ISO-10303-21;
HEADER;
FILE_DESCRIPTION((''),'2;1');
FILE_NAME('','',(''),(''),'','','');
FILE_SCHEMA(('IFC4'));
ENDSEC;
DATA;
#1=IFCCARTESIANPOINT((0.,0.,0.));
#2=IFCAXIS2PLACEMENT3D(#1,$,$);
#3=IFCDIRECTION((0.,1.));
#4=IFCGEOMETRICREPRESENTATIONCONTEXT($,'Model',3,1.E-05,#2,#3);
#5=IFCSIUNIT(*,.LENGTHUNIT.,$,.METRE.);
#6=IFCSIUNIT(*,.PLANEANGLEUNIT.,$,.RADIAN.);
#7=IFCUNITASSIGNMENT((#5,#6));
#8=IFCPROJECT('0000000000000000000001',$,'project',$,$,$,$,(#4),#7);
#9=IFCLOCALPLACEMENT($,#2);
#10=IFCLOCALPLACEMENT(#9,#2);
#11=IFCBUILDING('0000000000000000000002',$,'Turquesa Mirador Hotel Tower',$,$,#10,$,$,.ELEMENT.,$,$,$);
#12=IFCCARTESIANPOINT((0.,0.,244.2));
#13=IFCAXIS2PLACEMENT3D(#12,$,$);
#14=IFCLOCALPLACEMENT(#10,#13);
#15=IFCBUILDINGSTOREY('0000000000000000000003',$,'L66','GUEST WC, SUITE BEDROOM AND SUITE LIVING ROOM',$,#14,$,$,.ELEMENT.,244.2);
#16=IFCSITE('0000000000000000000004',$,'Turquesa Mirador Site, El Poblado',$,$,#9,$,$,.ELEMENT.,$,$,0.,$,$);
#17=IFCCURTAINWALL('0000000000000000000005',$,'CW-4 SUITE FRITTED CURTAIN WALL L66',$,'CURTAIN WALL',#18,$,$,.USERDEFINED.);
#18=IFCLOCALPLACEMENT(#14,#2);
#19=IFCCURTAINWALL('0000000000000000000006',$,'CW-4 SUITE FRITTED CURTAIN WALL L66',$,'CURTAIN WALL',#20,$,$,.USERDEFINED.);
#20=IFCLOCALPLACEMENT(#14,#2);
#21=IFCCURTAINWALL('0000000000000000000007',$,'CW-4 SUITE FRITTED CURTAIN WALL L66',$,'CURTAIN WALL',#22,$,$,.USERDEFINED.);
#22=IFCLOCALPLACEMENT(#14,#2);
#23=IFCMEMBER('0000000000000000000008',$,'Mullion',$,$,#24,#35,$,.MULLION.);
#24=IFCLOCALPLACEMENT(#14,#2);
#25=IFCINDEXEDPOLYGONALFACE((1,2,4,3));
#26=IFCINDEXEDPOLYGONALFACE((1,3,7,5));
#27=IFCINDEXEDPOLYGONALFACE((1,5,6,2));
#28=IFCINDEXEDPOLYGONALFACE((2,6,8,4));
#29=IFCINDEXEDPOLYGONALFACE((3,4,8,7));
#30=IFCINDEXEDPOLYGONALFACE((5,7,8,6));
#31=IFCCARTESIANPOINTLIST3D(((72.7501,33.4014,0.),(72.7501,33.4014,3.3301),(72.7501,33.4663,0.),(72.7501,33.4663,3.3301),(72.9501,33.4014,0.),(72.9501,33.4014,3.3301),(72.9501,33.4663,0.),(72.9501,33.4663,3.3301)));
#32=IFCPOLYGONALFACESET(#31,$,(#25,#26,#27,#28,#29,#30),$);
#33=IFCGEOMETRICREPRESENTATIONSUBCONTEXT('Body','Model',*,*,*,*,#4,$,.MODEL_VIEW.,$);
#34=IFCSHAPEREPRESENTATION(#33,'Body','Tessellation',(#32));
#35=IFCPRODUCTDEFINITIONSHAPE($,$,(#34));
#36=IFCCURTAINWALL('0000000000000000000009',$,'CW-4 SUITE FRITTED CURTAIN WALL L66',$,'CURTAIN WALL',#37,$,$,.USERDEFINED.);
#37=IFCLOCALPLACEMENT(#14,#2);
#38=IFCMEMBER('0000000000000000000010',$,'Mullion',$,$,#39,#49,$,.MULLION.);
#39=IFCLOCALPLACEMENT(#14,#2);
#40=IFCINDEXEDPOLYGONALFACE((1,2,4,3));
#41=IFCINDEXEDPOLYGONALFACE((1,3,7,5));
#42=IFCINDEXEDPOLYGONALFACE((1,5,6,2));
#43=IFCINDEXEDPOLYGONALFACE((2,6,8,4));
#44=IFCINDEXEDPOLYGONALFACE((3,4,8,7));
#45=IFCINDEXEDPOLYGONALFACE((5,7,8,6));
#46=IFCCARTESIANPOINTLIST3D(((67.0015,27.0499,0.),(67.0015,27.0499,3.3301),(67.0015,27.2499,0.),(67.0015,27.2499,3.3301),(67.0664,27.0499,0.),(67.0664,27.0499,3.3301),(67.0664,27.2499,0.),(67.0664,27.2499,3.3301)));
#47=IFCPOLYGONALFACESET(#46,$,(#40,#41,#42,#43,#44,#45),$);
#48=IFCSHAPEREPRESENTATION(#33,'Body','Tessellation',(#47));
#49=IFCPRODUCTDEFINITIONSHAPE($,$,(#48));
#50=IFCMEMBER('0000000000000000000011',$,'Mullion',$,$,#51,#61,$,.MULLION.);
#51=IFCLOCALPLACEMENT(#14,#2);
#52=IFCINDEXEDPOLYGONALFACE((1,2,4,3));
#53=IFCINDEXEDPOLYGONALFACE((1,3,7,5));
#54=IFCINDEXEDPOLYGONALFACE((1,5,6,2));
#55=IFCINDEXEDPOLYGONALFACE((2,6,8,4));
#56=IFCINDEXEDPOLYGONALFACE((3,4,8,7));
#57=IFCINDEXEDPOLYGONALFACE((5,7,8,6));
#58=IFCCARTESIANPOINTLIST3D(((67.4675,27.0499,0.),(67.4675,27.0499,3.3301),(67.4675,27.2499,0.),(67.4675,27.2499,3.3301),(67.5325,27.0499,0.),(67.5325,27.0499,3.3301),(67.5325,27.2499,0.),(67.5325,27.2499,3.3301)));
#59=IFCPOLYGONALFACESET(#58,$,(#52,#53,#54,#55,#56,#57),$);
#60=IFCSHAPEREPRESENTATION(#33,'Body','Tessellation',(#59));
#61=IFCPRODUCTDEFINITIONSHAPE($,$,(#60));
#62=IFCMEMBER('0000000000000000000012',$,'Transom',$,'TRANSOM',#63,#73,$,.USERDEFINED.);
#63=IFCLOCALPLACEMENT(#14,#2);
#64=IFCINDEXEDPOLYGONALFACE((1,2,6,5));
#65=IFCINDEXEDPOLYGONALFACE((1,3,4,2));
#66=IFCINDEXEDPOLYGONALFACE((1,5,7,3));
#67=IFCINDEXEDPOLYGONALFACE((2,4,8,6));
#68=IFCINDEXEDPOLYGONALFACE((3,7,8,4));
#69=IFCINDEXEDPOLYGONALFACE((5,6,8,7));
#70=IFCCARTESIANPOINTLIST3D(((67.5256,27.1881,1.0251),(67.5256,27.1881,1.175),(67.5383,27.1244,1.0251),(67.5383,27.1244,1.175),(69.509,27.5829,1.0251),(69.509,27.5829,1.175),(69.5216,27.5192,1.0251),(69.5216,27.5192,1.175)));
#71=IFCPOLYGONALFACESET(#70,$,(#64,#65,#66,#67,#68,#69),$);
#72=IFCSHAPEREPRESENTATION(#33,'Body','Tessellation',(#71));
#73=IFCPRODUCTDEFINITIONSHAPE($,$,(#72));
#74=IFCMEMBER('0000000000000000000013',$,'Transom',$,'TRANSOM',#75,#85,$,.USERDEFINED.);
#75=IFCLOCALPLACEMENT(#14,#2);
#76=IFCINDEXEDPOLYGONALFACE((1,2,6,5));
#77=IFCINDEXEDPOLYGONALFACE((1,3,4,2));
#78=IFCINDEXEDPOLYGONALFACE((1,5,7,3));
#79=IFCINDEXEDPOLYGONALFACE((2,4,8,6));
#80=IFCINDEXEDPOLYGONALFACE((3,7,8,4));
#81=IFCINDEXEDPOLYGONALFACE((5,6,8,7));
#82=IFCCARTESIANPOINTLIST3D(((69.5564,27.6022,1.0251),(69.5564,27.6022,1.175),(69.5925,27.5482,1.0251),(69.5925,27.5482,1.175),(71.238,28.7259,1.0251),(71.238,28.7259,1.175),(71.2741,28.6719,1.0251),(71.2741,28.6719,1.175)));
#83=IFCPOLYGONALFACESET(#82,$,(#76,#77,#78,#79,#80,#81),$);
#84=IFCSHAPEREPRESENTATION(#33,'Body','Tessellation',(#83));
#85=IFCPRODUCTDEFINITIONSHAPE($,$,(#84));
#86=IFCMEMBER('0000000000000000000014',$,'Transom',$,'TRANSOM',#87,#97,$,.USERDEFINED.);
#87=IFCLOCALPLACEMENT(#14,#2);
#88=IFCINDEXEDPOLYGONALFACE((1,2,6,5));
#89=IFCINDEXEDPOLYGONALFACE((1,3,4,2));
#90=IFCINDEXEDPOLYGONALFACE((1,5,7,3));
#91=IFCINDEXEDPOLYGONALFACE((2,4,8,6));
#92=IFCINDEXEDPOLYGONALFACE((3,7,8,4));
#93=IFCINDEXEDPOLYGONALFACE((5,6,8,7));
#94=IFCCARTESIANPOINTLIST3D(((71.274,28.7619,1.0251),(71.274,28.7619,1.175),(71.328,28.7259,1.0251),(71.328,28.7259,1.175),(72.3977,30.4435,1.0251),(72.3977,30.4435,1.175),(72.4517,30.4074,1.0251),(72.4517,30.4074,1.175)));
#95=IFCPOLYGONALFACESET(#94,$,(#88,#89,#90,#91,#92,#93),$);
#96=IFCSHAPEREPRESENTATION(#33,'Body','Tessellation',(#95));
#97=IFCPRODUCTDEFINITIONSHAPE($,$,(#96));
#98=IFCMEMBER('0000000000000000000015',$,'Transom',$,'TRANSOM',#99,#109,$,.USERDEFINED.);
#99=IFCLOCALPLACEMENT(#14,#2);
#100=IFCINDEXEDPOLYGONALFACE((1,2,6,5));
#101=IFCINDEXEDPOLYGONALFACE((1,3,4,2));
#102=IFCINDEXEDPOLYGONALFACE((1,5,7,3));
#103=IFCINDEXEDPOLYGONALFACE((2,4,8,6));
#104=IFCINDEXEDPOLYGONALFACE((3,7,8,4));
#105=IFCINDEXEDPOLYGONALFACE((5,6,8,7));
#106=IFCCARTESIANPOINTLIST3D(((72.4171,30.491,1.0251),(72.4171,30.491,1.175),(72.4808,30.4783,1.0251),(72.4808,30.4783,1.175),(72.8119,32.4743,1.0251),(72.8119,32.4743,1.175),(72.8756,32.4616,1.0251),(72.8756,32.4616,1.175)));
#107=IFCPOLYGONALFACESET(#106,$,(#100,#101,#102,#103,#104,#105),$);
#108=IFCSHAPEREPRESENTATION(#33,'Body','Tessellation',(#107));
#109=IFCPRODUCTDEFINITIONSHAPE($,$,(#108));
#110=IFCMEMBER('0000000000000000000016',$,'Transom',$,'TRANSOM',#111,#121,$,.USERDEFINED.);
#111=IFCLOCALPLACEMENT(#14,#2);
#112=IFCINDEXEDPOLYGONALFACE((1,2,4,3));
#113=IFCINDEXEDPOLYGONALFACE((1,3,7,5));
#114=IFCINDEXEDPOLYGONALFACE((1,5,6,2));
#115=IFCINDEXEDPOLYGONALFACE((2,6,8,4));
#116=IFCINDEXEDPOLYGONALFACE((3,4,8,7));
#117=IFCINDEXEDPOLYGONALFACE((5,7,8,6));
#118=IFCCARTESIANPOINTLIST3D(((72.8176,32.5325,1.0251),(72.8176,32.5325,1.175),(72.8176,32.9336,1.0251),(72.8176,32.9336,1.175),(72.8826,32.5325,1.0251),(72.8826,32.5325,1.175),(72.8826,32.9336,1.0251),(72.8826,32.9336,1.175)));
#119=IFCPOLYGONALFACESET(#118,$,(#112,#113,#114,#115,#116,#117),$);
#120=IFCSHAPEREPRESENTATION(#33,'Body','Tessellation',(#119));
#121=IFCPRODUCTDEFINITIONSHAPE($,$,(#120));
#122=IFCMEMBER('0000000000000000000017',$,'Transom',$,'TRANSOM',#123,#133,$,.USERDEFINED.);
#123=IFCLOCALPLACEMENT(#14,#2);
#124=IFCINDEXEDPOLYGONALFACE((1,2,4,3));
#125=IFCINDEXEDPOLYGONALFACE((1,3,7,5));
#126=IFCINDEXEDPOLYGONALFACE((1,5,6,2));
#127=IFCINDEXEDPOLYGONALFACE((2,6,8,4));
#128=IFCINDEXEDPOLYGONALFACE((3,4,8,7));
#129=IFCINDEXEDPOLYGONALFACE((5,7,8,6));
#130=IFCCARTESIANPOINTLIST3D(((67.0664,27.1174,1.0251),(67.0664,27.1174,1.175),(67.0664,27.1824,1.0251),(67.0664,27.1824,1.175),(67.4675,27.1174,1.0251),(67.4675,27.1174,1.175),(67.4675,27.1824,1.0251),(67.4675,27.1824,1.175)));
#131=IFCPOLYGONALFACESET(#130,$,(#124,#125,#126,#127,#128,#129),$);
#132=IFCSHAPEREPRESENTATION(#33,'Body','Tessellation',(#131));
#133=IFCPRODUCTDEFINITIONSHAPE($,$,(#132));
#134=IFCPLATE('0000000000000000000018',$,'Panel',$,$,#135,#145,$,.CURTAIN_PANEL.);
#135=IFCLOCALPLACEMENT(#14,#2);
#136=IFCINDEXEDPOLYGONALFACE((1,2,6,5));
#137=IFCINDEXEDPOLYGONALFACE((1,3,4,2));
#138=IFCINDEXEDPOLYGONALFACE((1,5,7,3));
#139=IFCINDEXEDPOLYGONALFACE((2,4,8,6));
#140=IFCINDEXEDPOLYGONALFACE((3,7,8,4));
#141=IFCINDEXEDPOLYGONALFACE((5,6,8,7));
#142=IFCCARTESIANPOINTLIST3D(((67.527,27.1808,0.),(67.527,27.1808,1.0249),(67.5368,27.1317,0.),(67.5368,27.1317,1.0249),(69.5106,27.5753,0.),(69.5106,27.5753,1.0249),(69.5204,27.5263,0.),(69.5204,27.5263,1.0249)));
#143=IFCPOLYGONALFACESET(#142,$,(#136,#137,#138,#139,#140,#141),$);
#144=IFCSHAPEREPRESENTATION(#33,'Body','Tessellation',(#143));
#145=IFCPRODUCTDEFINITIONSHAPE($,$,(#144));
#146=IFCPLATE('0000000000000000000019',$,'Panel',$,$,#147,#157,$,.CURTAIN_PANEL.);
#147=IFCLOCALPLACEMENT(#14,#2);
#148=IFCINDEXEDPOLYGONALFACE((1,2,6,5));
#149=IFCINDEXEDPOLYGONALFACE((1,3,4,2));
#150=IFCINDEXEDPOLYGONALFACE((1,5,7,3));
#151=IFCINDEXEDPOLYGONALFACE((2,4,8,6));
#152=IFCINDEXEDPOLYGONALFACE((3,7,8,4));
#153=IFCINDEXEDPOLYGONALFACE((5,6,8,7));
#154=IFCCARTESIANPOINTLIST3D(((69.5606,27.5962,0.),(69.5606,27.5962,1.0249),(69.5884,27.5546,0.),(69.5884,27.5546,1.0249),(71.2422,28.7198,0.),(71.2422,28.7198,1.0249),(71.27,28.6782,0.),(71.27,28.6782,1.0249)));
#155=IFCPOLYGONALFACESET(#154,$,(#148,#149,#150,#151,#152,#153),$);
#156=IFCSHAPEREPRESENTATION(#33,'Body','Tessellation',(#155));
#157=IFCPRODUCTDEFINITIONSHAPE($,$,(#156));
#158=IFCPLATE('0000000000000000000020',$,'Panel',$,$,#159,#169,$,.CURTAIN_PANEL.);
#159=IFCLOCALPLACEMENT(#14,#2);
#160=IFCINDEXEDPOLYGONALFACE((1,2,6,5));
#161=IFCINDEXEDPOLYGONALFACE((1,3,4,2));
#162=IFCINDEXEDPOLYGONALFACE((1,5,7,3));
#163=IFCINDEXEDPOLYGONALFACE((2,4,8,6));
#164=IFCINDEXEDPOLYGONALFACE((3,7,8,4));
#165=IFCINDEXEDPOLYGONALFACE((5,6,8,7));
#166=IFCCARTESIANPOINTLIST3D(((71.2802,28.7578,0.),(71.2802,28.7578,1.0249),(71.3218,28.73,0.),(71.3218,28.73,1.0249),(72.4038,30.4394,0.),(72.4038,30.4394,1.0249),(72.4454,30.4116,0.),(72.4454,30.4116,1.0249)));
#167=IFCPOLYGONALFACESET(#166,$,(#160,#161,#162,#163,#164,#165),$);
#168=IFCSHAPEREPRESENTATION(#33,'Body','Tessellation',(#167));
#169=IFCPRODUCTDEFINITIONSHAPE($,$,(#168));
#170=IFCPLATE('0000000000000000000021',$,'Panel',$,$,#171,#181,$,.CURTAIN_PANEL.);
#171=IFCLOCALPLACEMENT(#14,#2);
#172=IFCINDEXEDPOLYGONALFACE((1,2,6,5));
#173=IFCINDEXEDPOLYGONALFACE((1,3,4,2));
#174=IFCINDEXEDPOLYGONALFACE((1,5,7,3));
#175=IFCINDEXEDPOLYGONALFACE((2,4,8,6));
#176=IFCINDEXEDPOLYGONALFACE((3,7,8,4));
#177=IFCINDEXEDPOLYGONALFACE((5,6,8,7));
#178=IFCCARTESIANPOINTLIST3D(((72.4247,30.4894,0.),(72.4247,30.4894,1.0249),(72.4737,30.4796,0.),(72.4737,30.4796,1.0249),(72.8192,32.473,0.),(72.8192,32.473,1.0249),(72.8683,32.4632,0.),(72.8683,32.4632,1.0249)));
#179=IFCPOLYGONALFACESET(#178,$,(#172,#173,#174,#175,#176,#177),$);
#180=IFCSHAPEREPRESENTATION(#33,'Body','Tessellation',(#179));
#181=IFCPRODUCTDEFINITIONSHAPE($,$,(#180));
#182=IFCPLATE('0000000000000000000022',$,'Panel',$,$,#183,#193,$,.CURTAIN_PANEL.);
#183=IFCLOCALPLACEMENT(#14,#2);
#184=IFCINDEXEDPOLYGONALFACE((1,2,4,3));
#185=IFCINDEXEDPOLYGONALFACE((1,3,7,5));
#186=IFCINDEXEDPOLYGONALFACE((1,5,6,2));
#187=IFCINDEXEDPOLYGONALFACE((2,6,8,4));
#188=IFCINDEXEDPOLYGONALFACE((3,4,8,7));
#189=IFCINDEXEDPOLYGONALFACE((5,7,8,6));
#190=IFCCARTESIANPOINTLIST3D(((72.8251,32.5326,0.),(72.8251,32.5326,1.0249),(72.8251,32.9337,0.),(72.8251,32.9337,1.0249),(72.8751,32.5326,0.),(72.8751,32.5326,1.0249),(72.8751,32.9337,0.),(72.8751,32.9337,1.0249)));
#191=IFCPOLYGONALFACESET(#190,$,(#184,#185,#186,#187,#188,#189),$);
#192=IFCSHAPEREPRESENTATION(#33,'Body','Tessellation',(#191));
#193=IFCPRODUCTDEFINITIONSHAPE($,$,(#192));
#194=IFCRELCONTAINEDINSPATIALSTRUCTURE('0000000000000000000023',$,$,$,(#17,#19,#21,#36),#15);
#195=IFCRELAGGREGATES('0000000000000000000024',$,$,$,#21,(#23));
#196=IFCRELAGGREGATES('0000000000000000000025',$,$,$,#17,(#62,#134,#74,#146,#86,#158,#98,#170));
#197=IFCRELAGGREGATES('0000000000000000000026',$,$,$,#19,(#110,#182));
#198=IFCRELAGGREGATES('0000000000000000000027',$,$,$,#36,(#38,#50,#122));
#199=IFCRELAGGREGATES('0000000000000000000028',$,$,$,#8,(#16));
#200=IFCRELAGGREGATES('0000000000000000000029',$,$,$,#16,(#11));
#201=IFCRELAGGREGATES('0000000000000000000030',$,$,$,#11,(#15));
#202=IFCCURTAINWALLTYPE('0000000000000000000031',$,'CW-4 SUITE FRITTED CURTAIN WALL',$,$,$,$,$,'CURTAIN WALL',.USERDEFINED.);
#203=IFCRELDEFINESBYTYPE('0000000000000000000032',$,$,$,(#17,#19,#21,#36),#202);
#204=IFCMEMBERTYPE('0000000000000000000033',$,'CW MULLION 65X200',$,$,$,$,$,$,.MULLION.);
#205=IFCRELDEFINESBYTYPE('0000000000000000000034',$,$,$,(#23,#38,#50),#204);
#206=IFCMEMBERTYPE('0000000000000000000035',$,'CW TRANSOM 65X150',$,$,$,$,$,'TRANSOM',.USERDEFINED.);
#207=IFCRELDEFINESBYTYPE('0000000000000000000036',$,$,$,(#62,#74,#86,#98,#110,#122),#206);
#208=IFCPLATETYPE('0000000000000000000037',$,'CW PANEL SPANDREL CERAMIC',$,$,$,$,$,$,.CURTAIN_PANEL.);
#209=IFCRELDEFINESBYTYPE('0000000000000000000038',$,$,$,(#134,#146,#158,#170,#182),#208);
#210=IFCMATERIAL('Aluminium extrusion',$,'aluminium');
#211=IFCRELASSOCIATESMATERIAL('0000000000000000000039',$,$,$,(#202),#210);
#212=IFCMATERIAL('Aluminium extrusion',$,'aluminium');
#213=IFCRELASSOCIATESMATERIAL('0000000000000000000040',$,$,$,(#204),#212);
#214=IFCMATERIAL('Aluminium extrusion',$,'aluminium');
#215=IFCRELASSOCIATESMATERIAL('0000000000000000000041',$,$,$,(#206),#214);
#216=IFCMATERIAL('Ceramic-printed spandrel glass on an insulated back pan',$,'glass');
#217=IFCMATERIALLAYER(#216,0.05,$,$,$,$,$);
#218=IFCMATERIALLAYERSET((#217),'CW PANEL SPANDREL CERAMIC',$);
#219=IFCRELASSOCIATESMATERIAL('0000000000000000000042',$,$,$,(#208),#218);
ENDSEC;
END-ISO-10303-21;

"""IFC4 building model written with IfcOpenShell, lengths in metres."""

from ifc_helpers import new_model, si_unit, direction, frame, origin, origin_2d, place, context, subcontext, project, spatial, rectangle, extrude, material, layer, layer_set, material_profile, profile_set, type_object, element, aggregate, save


model = new_model("IFC4")

# Units and contexts
model_context = context("Model", 3, precision=1e-05, world=origin(), true_north=direction((0.0, 1.0)))
body_context = subcontext(model_context, "Body", "Model", "MODEL_VIEW")
ifc_project = project(units=[si_unit("LENGTHUNIT", "METRE"), si_unit("PLANEANGLEUNIT", "RADIAN")], contexts=[model_context])

# Site, building, storey
site_placement = place(None, origin())
site = spatial("IfcSite", under=ifc_project, at=site_placement, Name="Turquesa Mirador Site, El Poblado", CompositionType="ELEMENT", RefElevation=0.0)
building_placement = place(site_placement, origin())
building = spatial("IfcBuilding", under=site, at=building_placement, Name="Turquesa Mirador Hotel Tower", CompositionType="ELEMENT")
storey_placement = place(building_placement, frame((0.0, 0.0, 244.2)))
storey = spatial("IfcBuildingStorey", under=building, at=storey_placement, Name="L66", Description="GUEST WC, SUITE BEDROOM AND SUITE LIVING ROOM", CompositionType="ELEMENT", Elevation=244.2)

# Curtain walls
ifc_material_1 = material(Name="Aluminium extrusion", Category="aluminium")
curtain_wall_type = type_object("IfcCurtainWallType", Name="CW-4 SUITE FRITTED CURTAIN WALL", ElementType="CURTAIN WALL", PredefinedType="USERDEFINED", material=ifc_material_1)
curtain_wall_1_placement = place(storey_placement, origin())
curtain_wall_1 = element("IfcCurtainWall", 1, at=curtain_wall_1_placement, inside=storey, type_object=curtain_wall_type, Name="CW-4 SUITE FRITTED CURTAIN WALL L66", ObjectType="CURTAIN WALL", PredefinedType="USERDEFINED")
ifc_material_2 = material(Name="Aluminium extrusion", Category="aluminium")
ifc_material_profile_1 = material_profile(ifc_material_2, rectangle(XDim=0.0649, YDim=0.2, at=origin_2d()), Name="MULLION 65X200")
ifc_profile_set_1 = profile_set([ifc_material_profile_1], Name="Aluminium extrusion")
member_type_1 = type_object("IfcMemberType", Name="CW MULLION 65X200", PredefinedType="MULLION", material=ifc_profile_set_1)
curtain_wall_2_placement = place(storey_placement, origin())
curtain_wall_2 = element("IfcCurtainWall", 2, at=curtain_wall_2_placement, inside=storey, type_object=curtain_wall_type, Name="CW-4 SUITE FRITTED CURTAIN WALL L66", ObjectType="CURTAIN WALL", PredefinedType="USERDEFINED")

# Curtain wall, member
curtain_wall_3_placement = place(storey_placement, origin())
curtain_wall_3 = element("IfcCurtainWall", 3, at=curtain_wall_3_placement, inside=storey, type_object=curtain_wall_type, Name="CW-4 SUITE FRITTED CURTAIN WALL L66", ObjectType="CURTAIN WALL", PredefinedType="USERDEFINED")
member_1_placement = place(storey_placement, frame((72.8501, 33.4338, 0.0), z_axis=(0.0, 0.0, 1.0), x_axis=(0.0, 1.0, 0.0)))
member_1 = element("IfcMember", 4, at=member_1_placement, type_object=member_type_1, Name="Mullion", PredefinedType="MULLION", context=body_context, shape_type="SweptSolid", body=[
    extrude(rectangle(XDim=0.0649, YDim=0.2, at=origin_2d()), origin(), (0.0, 0.0, 1.0), 3.3301),
])
aggregate(curtain_wall_3, [member_1])

# Curtain wall, members
curtain_wall_4_placement = place(storey_placement, origin())
curtain_wall_4 = element("IfcCurtainWall", 5, at=curtain_wall_4_placement, inside=storey, type_object=curtain_wall_type, Name="CW-4 SUITE FRITTED CURTAIN WALL L66", ObjectType="CURTAIN WALL", PredefinedType="USERDEFINED")
member_2_placement = place(storey_placement, frame((67.0339, 27.1499, 0.0), z_axis=(0.0, 0.0, 1.0), x_axis=(1.0, 0.0, 0.0)))
member_2 = element("IfcMember", 6, at=member_2_placement, type_object=member_type_1, Name="Mullion", PredefinedType="MULLION", context=body_context, shape_type="SweptSolid", body=[
    extrude(rectangle(XDim=0.0649, YDim=0.2, at=origin_2d()), origin(), (0.0, 0.0, 1.0), 3.3301),
])
member_3_placement = place(storey_placement, frame((67.5, 27.1499, 0.0), z_axis=(0.0, 0.0, 1.0), x_axis=(1.0, 0.0, 0.0)))
member_3 = element("IfcMember", 7, at=member_3_placement, type_object=member_type_1, Name="Mullion", PredefinedType="MULLION", context=body_context, shape_type="SweptSolid", body=[
    extrude(rectangle(XDim=0.0649, YDim=0.2, at=origin_2d()), origin(), (0.0, 0.0, 1.0), 3.3301),
])

# Members
ifc_material_3 = material(Name="Aluminium extrusion", Category="aluminium")
ifc_material_profile_2 = material_profile(ifc_material_3, rectangle(XDim=0.0649, YDim=0.1499, at=origin_2d()), Name="TRANSOM 65X150")
ifc_profile_set_2 = profile_set([ifc_material_profile_2], Name="Aluminium extrusion")
member_type_2 = type_object("IfcMemberType", Name="CW TRANSOM 65X150", ElementType="TRANSOM", PredefinedType="USERDEFINED", material=ifc_profile_set_2)
member_4_placement = place(storey_placement, frame((67.532, 27.1562, 1.1001), z_axis=(0.980761, 0.195211, 0.0), x_axis=(-0.195211, 0.980761, 0.0)))
member_4 = element("IfcMember", 8, at=member_4_placement, type_object=member_type_2, Name="Transom", ObjectType="TRANSOM", PredefinedType="USERDEFINED", context=body_context, shape_type="SweptSolid", body=[
    extrude(rectangle(XDim=0.0649, YDim=0.1499, at=origin_2d()), origin(), (0.0, 0.0, 1.0), 2.0222),
])
member_5_placement = place(storey_placement, frame((69.5745, 27.5752, 1.1001), z_axis=(0.831437, 0.555619, 0.0), x_axis=(-0.555619, 0.831437, 0.0)))
member_5 = element("IfcMember", 9, at=member_5_placement, type_object=member_type_2, Name="Transom", ObjectType="TRANSOM", PredefinedType="USERDEFINED", context=body_context, shape_type="SweptSolid", body=[
    extrude(rectangle(XDim=0.0649, YDim=0.1499, at=origin_2d()), origin(), (0.0, 0.0, 1.0), 2.0225),
])
member_6_placement = place(storey_placement, frame((71.301, 28.7439, 1.1001), z_axis=(0.555619, 0.831437, 0.0), x_axis=(-0.831437, 0.555619, 0.0)))
member_6 = element("IfcMember", 10, at=member_6_placement, type_object=member_type_2, Name="Transom", ObjectType="TRANSOM", PredefinedType="USERDEFINED", context=body_context, shape_type="SweptSolid", body=[
    extrude(rectangle(XDim=0.0649, YDim=0.1499, at=origin_2d()), origin(), (0.0, 0.0, 1.0), 2.0225),
])
member_7_placement = place(storey_placement, frame((72.449, 30.4846, 1.1001), z_axis=(0.195211, 0.980761, 0.0), x_axis=(-0.980761, 0.195211, 0.0)))
member_7 = element("IfcMember", 11, at=member_7_placement, type_object=member_type_2, Name="Transom", ObjectType="TRANSOM", PredefinedType="USERDEFINED", context=body_context, shape_type="SweptSolid", body=[
    extrude(rectangle(XDim=0.0649, YDim=0.1499, at=origin_2d()), origin(), (0.0, 0.0, 1.0), 2.0222),
])
member_8_placement = place(storey_placement, frame((72.8501, 32.5325, 1.1001), z_axis=(0.0, 1.0, 0.0), x_axis=(-1.0, 0.0, 0.0)))
member_8 = element("IfcMember", 12, at=member_8_placement, type_object=member_type_2, Name="Transom", ObjectType="TRANSOM", PredefinedType="USERDEFINED", context=body_context, shape_type="SweptSolid", body=[
    extrude(rectangle(XDim=0.0649, YDim=0.1499, at=origin_2d()), origin(), (0.0, 0.0, 1.0), 0.4011),
])
member_9_placement = place(storey_placement, frame((67.0664, 27.1499, 1.1001), z_axis=(1.0, 0.0, 0.0), x_axis=(0.0, 1.0, 0.0)))
member_9 = element("IfcMember", 13, at=member_9_placement, type_object=member_type_2, Name="Transom", ObjectType="TRANSOM", PredefinedType="USERDEFINED", context=body_context, shape_type="SweptSolid", body=[
    extrude(rectangle(XDim=0.0649, YDim=0.1499, at=origin_2d()), origin(), (0.0, 0.0, 1.0), 0.4011),
])

# Plates
ifc_material_4 = material(Name="Ceramic-printed spandrel glass on an insulated back pan", Category="glass")
ifc_layer_1 = layer(ifc_material_4, 0.05)
ifc_layer_set_1 = layer_set([ifc_layer_1], Name="CW PANEL SPANDREL CERAMIC")
plate_type_1 = type_object("IfcPlateType", Name="CW PANEL SPANDREL CERAMIC", PredefinedType="CURTAIN_PANEL", material=ifc_layer_set_1)
plate_1_placement = place(storey_placement, frame((68.5237, 27.3535, 0.0), z_axis=(0.0, 0.0, 1.0), x_axis=(0.980785, 0.195091, 0.0)))
plate_1 = element("IfcPlate", 14, at=plate_1_placement, type_object=plate_type_1, Name="Panel", PredefinedType="CURTAIN_PANEL", context=body_context, shape_type="SweptSolid", body=[
    extrude(rectangle(XDim=2.0225, YDim=0.05, at=origin_2d()), origin(), (0.0, 0.0, 1.0), 1.0249),
])
plate_2_placement = place(storey_placement, frame((70.4153, 28.1372, 0.0), z_axis=(0.0, 0.0, 1.0), x_axis=(0.83147, 0.55557, 0.0)))
plate_2 = element("IfcPlate", 15, at=plate_2_placement, type_object=plate_type_1, Name="Panel", PredefinedType="CURTAIN_PANEL", context=body_context, shape_type="SweptSolid", body=[
    extrude(rectangle(XDim=2.0225, YDim=0.05, at=origin_2d()), origin(), (0.0, 0.0, 1.0), 1.0249),
])
plate_3_placement = place(storey_placement, frame((71.8628, 29.5847, 0.0), z_axis=(0.0, 0.0, 1.0), x_axis=(0.55557, 0.83147, 0.0)))
plate_3 = element("IfcPlate", 16, at=plate_3_placement, type_object=plate_type_1, Name="Panel", PredefinedType="CURTAIN_PANEL", context=body_context, shape_type="SweptSolid", body=[
    extrude(rectangle(XDim=2.0225, YDim=0.05, at=origin_2d()), origin(), (0.0, 0.0, 1.0), 1.0249),
])
plate_4_placement = place(storey_placement, frame((72.6465, 31.4763, 0.0), z_axis=(0.0, 0.0, 1.0), x_axis=(0.195091, 0.980785, 0.0)))
plate_4 = element("IfcPlate", 17, at=plate_4_placement, type_object=plate_type_1, Name="Panel", PredefinedType="CURTAIN_PANEL", context=body_context, shape_type="SweptSolid", body=[
    extrude(rectangle(XDim=2.0225, YDim=0.05, at=origin_2d()), origin(), (0.0, 0.0, 1.0), 1.0249),
])
plate_5_placement = place(storey_placement, frame((72.8501, 32.7332, 0.0), z_axis=(0.0, 0.0, 1.0), x_axis=(0.0, 1.0, 0.0)))
plate_5 = element("IfcPlate", 18, at=plate_5_placement, type_object=plate_type_1, Name="Panel", PredefinedType="CURTAIN_PANEL", context=body_context, shape_type="SweptSolid", body=[
    extrude(rectangle(XDim=0.4011, YDim=0.05, at=origin_2d()), origin(), (0.0, 0.0, 1.0), 1.0249),
])
aggregate(curtain_wall_1, [member_4, plate_1, member_5, plate_2, member_6, plate_3, member_7, plate_4])
aggregate(curtain_wall_2, [member_8, plate_5])
aggregate(curtain_wall_4, [member_2, member_3, member_9])

save(model, "model.ifc")
